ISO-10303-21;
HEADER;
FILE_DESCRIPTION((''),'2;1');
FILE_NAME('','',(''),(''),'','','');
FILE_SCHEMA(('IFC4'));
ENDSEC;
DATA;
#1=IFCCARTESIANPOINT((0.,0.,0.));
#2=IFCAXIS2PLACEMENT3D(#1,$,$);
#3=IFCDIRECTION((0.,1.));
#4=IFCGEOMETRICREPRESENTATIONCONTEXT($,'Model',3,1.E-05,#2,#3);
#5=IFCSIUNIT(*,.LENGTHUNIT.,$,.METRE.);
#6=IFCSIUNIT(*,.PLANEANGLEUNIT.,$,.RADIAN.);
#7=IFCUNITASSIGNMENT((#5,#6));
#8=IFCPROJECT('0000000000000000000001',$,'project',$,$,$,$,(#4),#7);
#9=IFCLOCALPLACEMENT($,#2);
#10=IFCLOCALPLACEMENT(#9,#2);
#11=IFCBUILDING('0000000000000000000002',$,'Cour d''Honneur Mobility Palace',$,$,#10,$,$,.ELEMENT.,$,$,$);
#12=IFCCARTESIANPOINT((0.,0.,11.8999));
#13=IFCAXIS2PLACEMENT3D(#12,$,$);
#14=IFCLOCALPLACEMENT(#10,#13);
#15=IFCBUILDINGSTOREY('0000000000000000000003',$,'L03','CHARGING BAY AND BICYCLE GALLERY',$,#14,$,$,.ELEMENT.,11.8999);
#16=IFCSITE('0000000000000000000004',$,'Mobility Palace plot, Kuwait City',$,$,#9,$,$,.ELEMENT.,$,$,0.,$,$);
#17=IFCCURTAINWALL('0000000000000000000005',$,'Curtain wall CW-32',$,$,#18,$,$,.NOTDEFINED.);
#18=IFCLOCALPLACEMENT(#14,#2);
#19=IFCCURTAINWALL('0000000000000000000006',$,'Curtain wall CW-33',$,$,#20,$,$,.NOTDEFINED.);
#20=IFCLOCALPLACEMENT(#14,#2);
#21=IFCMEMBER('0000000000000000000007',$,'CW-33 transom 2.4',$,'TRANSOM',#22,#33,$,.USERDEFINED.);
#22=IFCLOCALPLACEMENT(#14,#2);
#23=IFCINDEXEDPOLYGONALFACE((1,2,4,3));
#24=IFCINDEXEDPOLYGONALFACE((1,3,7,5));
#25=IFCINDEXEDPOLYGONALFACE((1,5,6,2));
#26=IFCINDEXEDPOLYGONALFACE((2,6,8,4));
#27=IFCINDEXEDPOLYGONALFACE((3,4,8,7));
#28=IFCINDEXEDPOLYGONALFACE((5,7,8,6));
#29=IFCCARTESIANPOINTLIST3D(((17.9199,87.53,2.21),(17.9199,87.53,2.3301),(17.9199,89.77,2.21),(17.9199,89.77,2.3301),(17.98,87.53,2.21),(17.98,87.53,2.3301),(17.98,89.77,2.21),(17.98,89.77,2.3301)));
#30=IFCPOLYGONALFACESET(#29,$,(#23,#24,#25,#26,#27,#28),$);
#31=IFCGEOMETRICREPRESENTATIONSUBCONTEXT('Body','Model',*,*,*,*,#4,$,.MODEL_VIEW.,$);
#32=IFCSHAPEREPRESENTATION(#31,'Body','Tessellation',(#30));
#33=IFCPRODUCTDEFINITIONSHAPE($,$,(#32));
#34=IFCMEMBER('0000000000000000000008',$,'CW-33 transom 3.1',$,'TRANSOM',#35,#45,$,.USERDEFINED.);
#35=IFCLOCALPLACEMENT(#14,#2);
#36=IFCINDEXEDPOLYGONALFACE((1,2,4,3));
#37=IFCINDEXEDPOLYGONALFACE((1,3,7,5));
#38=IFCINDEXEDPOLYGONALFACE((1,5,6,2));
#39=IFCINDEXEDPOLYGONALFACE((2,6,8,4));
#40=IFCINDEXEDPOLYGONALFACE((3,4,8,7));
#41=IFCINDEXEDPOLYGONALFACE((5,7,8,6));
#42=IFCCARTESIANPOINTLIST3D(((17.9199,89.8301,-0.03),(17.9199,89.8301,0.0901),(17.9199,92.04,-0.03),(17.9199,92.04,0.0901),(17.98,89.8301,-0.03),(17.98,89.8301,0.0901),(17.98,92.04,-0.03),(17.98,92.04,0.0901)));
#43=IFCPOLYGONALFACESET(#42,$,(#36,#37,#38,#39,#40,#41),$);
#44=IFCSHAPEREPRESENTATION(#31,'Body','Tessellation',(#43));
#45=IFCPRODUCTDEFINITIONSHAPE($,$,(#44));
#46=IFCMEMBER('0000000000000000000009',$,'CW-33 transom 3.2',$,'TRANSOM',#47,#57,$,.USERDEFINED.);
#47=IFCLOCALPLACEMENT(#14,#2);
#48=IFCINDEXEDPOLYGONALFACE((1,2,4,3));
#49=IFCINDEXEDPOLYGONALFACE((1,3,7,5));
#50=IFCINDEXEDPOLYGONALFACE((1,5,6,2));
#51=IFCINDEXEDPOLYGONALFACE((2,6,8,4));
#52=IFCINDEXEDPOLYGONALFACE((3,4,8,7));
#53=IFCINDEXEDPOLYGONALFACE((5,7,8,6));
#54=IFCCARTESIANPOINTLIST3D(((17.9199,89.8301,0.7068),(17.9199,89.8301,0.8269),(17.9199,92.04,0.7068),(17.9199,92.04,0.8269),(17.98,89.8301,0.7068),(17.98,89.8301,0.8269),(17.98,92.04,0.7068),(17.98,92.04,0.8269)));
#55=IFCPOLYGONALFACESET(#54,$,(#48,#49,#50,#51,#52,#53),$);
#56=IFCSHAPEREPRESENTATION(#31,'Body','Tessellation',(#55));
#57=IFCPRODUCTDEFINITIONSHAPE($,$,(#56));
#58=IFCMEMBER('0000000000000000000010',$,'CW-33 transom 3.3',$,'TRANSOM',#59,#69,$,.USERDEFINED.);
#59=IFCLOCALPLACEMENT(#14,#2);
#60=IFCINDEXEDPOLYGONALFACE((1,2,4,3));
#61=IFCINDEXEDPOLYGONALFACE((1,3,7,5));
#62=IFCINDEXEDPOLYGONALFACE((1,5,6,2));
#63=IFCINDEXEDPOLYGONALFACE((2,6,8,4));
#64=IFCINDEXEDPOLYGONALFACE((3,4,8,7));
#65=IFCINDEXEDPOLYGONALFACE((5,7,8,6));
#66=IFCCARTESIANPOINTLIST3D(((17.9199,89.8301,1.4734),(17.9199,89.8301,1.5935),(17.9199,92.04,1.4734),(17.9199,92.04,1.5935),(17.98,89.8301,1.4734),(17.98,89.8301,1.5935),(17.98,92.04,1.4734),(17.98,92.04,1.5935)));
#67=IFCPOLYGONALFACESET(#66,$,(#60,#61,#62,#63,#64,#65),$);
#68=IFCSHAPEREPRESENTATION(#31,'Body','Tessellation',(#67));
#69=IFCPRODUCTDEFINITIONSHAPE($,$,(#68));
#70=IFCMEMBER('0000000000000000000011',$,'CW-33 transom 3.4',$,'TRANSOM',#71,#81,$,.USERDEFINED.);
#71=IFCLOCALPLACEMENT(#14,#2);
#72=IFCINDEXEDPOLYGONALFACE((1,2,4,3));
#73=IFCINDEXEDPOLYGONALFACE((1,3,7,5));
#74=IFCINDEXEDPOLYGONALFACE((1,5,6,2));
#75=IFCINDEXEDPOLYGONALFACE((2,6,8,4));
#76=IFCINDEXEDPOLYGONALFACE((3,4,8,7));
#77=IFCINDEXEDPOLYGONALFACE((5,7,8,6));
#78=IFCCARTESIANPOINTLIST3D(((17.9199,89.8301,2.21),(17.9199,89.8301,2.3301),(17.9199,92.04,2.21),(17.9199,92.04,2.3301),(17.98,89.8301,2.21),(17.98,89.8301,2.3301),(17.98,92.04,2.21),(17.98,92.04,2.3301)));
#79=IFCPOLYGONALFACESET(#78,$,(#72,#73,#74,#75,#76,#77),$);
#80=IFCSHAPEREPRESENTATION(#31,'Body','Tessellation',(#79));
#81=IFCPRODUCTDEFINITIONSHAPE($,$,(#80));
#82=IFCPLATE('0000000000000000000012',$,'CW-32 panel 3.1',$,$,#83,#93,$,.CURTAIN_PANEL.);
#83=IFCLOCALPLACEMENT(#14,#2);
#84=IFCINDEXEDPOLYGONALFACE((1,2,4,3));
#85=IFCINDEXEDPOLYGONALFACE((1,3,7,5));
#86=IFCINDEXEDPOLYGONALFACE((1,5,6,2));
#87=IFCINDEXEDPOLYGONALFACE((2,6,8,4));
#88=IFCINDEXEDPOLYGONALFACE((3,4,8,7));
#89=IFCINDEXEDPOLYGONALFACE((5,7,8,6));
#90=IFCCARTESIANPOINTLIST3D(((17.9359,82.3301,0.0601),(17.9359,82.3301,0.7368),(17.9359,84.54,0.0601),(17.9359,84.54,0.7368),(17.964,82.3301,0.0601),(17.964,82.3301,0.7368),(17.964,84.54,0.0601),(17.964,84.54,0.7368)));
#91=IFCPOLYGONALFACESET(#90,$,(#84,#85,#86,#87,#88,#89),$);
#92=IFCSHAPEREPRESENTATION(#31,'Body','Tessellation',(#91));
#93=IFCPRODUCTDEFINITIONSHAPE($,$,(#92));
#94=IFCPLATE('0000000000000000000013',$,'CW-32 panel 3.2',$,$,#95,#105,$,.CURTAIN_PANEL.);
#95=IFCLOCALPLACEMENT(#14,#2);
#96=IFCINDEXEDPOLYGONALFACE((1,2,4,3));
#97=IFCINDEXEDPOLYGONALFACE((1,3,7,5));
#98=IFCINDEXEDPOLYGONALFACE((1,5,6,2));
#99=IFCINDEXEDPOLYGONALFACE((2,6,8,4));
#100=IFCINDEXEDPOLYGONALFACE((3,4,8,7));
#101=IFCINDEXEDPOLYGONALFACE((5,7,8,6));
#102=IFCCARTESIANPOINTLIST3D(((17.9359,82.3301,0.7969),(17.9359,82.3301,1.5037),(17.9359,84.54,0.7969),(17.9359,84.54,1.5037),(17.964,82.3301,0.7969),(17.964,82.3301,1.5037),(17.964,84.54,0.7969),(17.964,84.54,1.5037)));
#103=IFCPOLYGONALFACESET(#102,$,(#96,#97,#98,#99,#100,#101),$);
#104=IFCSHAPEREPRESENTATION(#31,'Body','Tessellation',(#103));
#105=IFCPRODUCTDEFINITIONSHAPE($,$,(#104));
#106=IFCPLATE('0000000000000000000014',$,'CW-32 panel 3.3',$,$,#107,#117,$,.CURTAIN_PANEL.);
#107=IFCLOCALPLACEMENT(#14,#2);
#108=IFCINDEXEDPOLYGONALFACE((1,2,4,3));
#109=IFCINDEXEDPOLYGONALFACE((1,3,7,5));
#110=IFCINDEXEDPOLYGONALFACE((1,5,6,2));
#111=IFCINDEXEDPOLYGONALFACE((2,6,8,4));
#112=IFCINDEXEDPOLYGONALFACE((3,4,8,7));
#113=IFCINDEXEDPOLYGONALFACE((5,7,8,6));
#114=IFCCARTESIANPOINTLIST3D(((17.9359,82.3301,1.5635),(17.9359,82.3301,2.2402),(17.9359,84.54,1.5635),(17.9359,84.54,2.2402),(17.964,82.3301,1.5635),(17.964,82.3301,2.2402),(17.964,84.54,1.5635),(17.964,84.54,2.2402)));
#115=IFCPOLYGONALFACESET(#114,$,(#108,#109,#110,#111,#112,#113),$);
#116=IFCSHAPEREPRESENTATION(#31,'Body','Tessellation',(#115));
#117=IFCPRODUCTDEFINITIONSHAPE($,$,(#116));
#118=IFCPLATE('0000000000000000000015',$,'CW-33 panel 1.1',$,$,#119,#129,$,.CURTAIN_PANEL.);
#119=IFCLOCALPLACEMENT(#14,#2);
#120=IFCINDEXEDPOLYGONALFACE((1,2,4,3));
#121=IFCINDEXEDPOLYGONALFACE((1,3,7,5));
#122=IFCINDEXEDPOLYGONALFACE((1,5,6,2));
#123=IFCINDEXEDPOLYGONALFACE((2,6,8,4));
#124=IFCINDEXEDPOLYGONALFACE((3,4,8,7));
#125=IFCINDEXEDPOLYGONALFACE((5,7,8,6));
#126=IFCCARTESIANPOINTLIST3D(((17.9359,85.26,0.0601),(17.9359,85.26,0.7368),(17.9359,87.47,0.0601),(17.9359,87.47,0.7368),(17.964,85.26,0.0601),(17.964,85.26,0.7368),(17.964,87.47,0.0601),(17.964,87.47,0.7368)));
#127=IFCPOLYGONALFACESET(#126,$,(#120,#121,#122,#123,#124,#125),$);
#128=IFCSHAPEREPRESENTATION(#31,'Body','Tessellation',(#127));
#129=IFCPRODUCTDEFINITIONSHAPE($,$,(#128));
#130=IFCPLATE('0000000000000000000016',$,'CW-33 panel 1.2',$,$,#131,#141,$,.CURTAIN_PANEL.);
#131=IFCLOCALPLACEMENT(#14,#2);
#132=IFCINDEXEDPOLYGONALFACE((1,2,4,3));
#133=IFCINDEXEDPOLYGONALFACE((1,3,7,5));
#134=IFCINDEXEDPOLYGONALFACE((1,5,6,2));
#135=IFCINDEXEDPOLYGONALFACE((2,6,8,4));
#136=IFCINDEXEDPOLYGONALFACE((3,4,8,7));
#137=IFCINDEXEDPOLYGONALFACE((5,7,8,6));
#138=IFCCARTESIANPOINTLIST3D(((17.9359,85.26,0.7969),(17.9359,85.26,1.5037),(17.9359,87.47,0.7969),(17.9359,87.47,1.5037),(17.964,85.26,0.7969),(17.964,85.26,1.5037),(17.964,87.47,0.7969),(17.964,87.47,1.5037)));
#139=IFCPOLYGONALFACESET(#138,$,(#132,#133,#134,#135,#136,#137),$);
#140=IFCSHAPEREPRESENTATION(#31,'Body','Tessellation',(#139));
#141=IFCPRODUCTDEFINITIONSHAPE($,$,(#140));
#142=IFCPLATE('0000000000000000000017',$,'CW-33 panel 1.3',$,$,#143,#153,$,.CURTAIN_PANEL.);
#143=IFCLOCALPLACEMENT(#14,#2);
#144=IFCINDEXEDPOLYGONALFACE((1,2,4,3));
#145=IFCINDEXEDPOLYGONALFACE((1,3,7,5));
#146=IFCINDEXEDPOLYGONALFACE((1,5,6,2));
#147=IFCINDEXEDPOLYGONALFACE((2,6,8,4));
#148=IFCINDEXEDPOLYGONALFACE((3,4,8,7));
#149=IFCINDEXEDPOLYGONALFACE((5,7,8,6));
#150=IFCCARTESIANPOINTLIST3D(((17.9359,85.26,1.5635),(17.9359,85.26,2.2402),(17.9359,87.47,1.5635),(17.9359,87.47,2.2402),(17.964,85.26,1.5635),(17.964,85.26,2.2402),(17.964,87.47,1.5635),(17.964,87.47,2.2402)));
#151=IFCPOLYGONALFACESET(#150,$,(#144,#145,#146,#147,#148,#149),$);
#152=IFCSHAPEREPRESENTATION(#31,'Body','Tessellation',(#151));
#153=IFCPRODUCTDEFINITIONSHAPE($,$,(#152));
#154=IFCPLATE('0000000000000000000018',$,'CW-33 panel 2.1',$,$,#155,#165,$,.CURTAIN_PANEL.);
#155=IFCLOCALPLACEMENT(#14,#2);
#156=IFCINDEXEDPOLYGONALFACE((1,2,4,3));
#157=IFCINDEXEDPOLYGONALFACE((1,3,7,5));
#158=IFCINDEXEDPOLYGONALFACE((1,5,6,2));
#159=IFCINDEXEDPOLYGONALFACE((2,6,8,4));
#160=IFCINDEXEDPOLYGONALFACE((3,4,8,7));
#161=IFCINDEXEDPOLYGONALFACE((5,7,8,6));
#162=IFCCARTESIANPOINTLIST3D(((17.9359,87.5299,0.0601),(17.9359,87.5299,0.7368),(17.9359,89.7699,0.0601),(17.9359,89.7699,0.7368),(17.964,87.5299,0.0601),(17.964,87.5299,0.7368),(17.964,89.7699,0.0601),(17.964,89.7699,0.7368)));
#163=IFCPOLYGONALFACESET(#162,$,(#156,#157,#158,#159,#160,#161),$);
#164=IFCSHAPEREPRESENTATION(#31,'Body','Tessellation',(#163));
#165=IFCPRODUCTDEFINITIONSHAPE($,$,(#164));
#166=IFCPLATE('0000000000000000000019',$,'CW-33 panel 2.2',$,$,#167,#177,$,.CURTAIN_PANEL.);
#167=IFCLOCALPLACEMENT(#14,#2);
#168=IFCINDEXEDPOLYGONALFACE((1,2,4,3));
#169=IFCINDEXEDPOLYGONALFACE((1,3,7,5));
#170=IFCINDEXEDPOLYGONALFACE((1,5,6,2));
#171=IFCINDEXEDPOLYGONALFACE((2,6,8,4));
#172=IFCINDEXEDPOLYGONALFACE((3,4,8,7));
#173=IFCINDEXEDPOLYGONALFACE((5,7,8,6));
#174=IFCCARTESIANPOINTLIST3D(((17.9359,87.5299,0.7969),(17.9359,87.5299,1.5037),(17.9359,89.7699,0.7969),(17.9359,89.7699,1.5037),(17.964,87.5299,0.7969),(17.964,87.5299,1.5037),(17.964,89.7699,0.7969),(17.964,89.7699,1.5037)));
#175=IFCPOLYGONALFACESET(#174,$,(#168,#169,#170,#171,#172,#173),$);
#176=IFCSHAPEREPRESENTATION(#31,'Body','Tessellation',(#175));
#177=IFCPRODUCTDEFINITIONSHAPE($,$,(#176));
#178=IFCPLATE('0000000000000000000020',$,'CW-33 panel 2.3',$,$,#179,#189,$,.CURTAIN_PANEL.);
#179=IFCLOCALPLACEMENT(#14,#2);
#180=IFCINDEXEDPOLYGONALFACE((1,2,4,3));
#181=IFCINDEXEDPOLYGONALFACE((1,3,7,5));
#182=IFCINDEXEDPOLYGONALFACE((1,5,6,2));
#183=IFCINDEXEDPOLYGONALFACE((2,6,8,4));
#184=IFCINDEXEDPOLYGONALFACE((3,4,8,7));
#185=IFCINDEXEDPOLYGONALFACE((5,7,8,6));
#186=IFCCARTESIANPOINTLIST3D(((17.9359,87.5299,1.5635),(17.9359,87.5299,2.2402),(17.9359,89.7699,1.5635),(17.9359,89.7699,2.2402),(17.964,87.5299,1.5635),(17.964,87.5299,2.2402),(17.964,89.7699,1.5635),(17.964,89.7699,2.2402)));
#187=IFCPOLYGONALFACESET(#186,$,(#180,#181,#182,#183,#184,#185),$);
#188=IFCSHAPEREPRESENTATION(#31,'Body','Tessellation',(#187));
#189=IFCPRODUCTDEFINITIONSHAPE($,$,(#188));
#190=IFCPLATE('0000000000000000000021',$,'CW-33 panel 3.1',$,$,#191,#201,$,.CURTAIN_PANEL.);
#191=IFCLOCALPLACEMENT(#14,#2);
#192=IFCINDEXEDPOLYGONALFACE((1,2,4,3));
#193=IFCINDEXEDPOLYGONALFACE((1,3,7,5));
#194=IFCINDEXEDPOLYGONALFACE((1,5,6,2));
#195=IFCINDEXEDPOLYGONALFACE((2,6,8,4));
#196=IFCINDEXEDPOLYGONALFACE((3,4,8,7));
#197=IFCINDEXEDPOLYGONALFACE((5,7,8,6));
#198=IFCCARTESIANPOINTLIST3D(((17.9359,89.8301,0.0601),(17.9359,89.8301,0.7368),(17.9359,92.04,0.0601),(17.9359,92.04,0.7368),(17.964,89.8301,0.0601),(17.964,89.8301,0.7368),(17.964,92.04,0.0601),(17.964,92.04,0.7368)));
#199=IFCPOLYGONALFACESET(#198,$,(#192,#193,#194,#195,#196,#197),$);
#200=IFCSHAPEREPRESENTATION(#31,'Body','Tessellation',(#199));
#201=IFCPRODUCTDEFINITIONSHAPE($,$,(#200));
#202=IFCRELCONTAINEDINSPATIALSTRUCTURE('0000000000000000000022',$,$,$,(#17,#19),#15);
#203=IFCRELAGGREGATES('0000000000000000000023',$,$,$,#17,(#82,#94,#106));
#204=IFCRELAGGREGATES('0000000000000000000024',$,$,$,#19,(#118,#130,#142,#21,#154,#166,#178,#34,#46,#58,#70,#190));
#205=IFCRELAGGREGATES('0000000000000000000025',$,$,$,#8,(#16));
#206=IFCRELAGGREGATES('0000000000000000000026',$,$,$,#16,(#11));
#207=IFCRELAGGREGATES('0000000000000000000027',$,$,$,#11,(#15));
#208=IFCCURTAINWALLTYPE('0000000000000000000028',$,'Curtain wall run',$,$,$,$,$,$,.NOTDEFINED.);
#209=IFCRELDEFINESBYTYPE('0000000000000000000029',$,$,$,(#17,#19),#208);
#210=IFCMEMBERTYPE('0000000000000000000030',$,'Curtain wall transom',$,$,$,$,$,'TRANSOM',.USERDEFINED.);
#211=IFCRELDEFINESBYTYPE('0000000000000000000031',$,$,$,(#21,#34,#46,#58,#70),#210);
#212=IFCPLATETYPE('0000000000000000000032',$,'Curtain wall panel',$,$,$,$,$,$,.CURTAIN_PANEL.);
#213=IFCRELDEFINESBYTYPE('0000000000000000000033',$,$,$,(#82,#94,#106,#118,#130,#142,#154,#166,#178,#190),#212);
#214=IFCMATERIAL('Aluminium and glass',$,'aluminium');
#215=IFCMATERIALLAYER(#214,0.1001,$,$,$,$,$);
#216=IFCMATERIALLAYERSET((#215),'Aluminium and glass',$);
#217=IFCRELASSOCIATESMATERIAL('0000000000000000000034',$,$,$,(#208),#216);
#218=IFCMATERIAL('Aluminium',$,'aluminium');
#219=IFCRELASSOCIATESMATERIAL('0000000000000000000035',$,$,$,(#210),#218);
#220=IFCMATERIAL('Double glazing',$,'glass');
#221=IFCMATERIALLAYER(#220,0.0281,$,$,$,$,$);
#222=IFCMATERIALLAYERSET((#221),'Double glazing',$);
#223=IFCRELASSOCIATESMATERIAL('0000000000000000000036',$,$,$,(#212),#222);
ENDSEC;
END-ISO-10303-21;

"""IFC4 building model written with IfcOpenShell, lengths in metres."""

from ifc_helpers import new_model, si_unit, direction, frame, origin, origin_2d, place, context, subcontext, project, spatial, rectangle, extrude, material, layer, layer_set, material_profile, profile_set, type_object, element, aggregate, save


model = new_model("IFC4")

# Units and contexts
model_context = context("Model", 3, precision=1e-05, world=origin(), true_north=direction((0.0, 1.0)))
body_context = subcontext(model_context, "Body", "Model", "MODEL_VIEW")
ifc_project = project(units=[si_unit("LENGTHUNIT", "METRE"), si_unit("PLANEANGLEUNIT", "RADIAN")], contexts=[model_context])

# Site, building, storey
site_placement = place(None, origin())
site = spatial("IfcSite", under=ifc_project, at=site_placement, Name="Mobility Palace plot, Kuwait City", CompositionType="ELEMENT", RefElevation=0.0)
building_placement = place(site_placement, origin())
building = spatial("IfcBuilding", under=site, at=building_placement, Name="Cour d'Honneur Mobility Palace", CompositionType="ELEMENT")
storey_placement = place(building_placement, frame((0.0, 0.0, 11.8999)))
storey = spatial("IfcBuildingStorey", under=building, at=storey_placement, Name="L03", Description="CHARGING BAY AND BICYCLE GALLERY", CompositionType="ELEMENT", Elevation=11.8999)

# Curtain wall
ifc_material_1 = material(Name="Aluminium and glass", Category="aluminium")
ifc_layer_1 = layer(ifc_material_1, 0.1001)
ifc_layer_set_1 = layer_set([ifc_layer_1], Name="Aluminium and glass")
curtain_wall_type = type_object("IfcCurtainWallType", Name="Curtain wall run", PredefinedType="NOTDEFINED", material=ifc_layer_set_1)
curtain_wall_1_placement = place(storey_placement, origin())
curtain_wall_1 = element("IfcCurtainWall", 1, at=curtain_wall_1_placement, inside=storey, type_object=curtain_wall_type, Name="Curtain wall CW-32", PredefinedType="NOTDEFINED")

# Curtain wall
curtain_wall_2_placement = place(storey_placement, origin())
curtain_wall_2 = element("IfcCurtainWall", 2, at=curtain_wall_2_placement, inside=storey, type_object=curtain_wall_type, Name="Curtain wall CW-33", PredefinedType="NOTDEFINED")

# Members
ifc_material_2 = material(Name="Aluminium", Category="aluminium")
ifc_material_profile_1 = material_profile(ifc_material_2, rectangle(XDim=0.0601, YDim=0.1201, at=origin_2d()), Name="Curtain wall transom")
ifc_profile_set_1 = profile_set([ifc_material_profile_1], Name="Aluminium")
member_type_1 = type_object("IfcMemberType", Name="Curtain wall transom", ElementType="TRANSOM", PredefinedType="USERDEFINED", material=ifc_profile_set_1)
member_1_placement = place(storey_placement, frame((17.95, 87.53, 2.27), z_axis=(0.0, 1.0, 0.0), x_axis=(-1.0, 0.0, 0.0)))
member_1 = element("IfcMember", 3, at=member_1_placement, type_object=member_type_1, Name="CW-33 transom 2.4", ObjectType="TRANSOM", PredefinedType="USERDEFINED", context=body_context, shape_type="SweptSolid", body=[
    extrude(rectangle(XDim=0.0601, YDim=0.1201, at=origin_2d()), origin(), (0.0, 0.0, 1.0), 2.24),
])
member_2_placement = place(storey_placement, frame((17.95, 89.8301, 0.03), z_axis=(0.0, 1.0, 0.0), x_axis=(-1.0, 0.0, 0.0)))
member_2 = element("IfcMember", 4, at=member_2_placement, type_object=member_type_1, Name="CW-33 transom 3.1", ObjectType="TRANSOM", PredefinedType="USERDEFINED", context=body_context, shape_type="SweptSolid", body=[
    extrude(rectangle(XDim=0.0601, YDim=0.1201, at=origin_2d()), origin(), (0.0, 0.0, 1.0), 2.21),
])
member_3_placement = place(storey_placement, frame((17.95, 89.8301, 0.7668), z_axis=(0.0, 1.0, 0.0), x_axis=(-1.0, 0.0, 0.0)))
member_3 = element("IfcMember", 5, at=member_3_placement, type_object=member_type_1, Name="CW-33 transom 3.2", ObjectType="TRANSOM", PredefinedType="USERDEFINED", context=body_context, shape_type="SweptSolid", body=[
    extrude(rectangle(XDim=0.0601, YDim=0.1201, at=origin_2d()), origin(), (0.0, 0.0, 1.0), 2.21),
])
member_4_placement = place(storey_placement, frame((17.95, 89.8301, 1.5334), z_axis=(0.0, 1.0, 0.0), x_axis=(-1.0, 0.0, 0.0)))
member_4 = element("IfcMember", 6, at=member_4_placement, type_object=member_type_1, Name="CW-33 transom 3.3", ObjectType="TRANSOM", PredefinedType="USERDEFINED", context=body_context, shape_type="SweptSolid", body=[
    extrude(rectangle(XDim=0.0601, YDim=0.1201, at=origin_2d()), origin(), (0.0, 0.0, 1.0), 2.21),
])
member_5_placement = place(storey_placement, frame((17.95, 89.8301, 2.27), z_axis=(0.0, 1.0, 0.0), x_axis=(-1.0, 0.0, 0.0)))
member_5 = element("IfcMember", 7, at=member_5_placement, type_object=member_type_1, Name="CW-33 transom 3.4", ObjectType="TRANSOM", PredefinedType="USERDEFINED", context=body_context, shape_type="SweptSolid", body=[
    extrude(rectangle(XDim=0.0601, YDim=0.1201, at=origin_2d()), origin(), (0.0, 0.0, 1.0), 2.21),
])

# Plates
ifc_material_3 = material(Name="Double glazing", Category="glass")
ifc_layer_2 = layer(ifc_material_3, 0.0281)
ifc_layer_set_2 = layer_set([ifc_layer_2], Name="Double glazing")
plate_type = type_object("IfcPlateType", Name="Curtain wall panel", PredefinedType="CURTAIN_PANEL", material=ifc_layer_set_2)
plate_1_placement = place(storey_placement, frame((17.95, 83.4351, 0.0601), z_axis=(0.0, 0.0, 1.0), x_axis=(0.0, 1.0, 0.0)))
plate_1 = element("IfcPlate", 8, at=plate_1_placement, type_object=plate_type, Name="CW-32 panel 3.1", PredefinedType="CURTAIN_PANEL", context=body_context, shape_type="SweptSolid", body=[
    extrude(rectangle(XDim=2.21, YDim=0.0281, at=origin_2d()), origin(), (0.0, 0.0, 1.0), 0.6768),
])
plate_2_placement = place(storey_placement, frame((17.95, 83.4351, 0.7969), z_axis=(0.0, 0.0, 1.0), x_axis=(0.0, 1.0, 0.0)))
plate_2 = element("IfcPlate", 9, at=plate_2_placement, type_object=plate_type, Name="CW-32 panel 3.2", PredefinedType="CURTAIN_PANEL", context=body_context, shape_type="SweptSolid", body=[
    extrude(rectangle(XDim=2.21, YDim=0.0281, at=origin_2d()), origin(), (0.0, 0.0, 1.0), 0.7068),
])
plate_3_placement = place(storey_placement, frame((17.95, 83.4351, 1.5635), z_axis=(0.0, 0.0, 1.0), x_axis=(0.0, 1.0, 0.0)))
plate_3 = element("IfcPlate", 10, at=plate_3_placement, type_object=plate_type, Name="CW-32 panel 3.3", PredefinedType="CURTAIN_PANEL", context=body_context, shape_type="SweptSolid", body=[
    extrude(rectangle(XDim=2.21, YDim=0.0281, at=origin_2d()), origin(), (0.0, 0.0, 1.0), 0.6768),
])
aggregate(curtain_wall_1, [plate_1, plate_2, plate_3])
plate_4_placement = place(storey_placement, frame((17.95, 86.365, 0.0601), z_axis=(0.0, 0.0, 1.0), x_axis=(0.0, 1.0, 0.0)))
plate_4 = element("IfcPlate", 11, at=plate_4_placement, type_object=plate_type, Name="CW-33 panel 1.1", PredefinedType="CURTAIN_PANEL", context=body_context, shape_type="SweptSolid", body=[
    extrude(rectangle(XDim=2.21, YDim=0.0281, at=origin_2d()), origin(), (0.0, 0.0, 1.0), 0.6768),
])
plate_5_placement = place(storey_placement, frame((17.95, 86.365, 0.7969), z_axis=(0.0, 0.0, 1.0), x_axis=(0.0, 1.0, 0.0)))
plate_5 = element("IfcPlate", 12, at=plate_5_placement, type_object=plate_type, Name="CW-33 panel 1.2", PredefinedType="CURTAIN_PANEL", context=body_context, shape_type="SweptSolid", body=[
    extrude(rectangle(XDim=2.21, YDim=0.0281, at=origin_2d()), origin(), (0.0, 0.0, 1.0), 0.7068),
])
plate_6_placement = place(storey_placement, frame((17.95, 86.365, 1.5635), z_axis=(0.0, 0.0, 1.0), x_axis=(0.0, 1.0, 0.0)))
plate_6 = element("IfcPlate", 13, at=plate_6_placement, type_object=plate_type, Name="CW-33 panel 1.3", PredefinedType="CURTAIN_PANEL", context=body_context, shape_type="SweptSolid", body=[
    extrude(rectangle(XDim=2.21, YDim=0.0281, at=origin_2d()), origin(), (0.0, 0.0, 1.0), 0.6768),
])
plate_7_placement = place(storey_placement, frame((17.95, 88.6499, 0.0601), z_axis=(0.0, 0.0, 1.0), x_axis=(0.0, 1.0, 0.0)))
plate_7 = element("IfcPlate", 14, at=plate_7_placement, type_object=plate_type, Name="CW-33 panel 2.1", PredefinedType="CURTAIN_PANEL", context=body_context, shape_type="SweptSolid", body=[
    extrude(rectangle(XDim=2.24, YDim=0.0281, at=origin_2d()), origin(), (0.0, 0.0, 1.0), 0.6768),
])
plate_8_placement = place(storey_placement, frame((17.95, 88.6499, 0.7969), z_axis=(0.0, 0.0, 1.0), x_axis=(0.0, 1.0, 0.0)))
plate_8 = element("IfcPlate", 15, at=plate_8_placement, type_object=plate_type, Name="CW-33 panel 2.2", PredefinedType="CURTAIN_PANEL", context=body_context, shape_type="SweptSolid", body=[
    extrude(rectangle(XDim=2.24, YDim=0.0281, at=origin_2d()), origin(), (0.0, 0.0, 1.0), 0.7068),
])
plate_9_placement = place(storey_placement, frame((17.95, 88.6499, 1.5635), z_axis=(0.0, 0.0, 1.0), x_axis=(0.0, 1.0, 0.0)))
plate_9 = element("IfcPlate", 16, at=plate_9_placement, type_object=plate_type, Name="CW-33 panel 2.3", PredefinedType="CURTAIN_PANEL", context=body_context, shape_type="SweptSolid", body=[
    extrude(rectangle(XDim=2.24, YDim=0.0281, at=origin_2d()), origin(), (0.0, 0.0, 1.0), 0.6768),
])
plate_10_placement = place(storey_placement, frame((17.95, 90.9351, 0.0601), z_axis=(0.0, 0.0, 1.0), x_axis=(0.0, 1.0, 0.0)))
plate_10 = element("IfcPlate", 17, at=plate_10_placement, type_object=plate_type, Name="CW-33 panel 3.1", PredefinedType="CURTAIN_PANEL", context=body_context, shape_type="SweptSolid", body=[
    extrude(rectangle(XDim=2.21, YDim=0.0281, at=origin_2d()), origin(), (0.0, 0.0, 1.0), 0.6768),
])
aggregate(curtain_wall_2, [plate_4, plate_5, plate_6, member_1, plate_7, plate_8, plate_9, member_2, member_3, member_4, member_5, plate_10])

save(model, "model.ifc")
